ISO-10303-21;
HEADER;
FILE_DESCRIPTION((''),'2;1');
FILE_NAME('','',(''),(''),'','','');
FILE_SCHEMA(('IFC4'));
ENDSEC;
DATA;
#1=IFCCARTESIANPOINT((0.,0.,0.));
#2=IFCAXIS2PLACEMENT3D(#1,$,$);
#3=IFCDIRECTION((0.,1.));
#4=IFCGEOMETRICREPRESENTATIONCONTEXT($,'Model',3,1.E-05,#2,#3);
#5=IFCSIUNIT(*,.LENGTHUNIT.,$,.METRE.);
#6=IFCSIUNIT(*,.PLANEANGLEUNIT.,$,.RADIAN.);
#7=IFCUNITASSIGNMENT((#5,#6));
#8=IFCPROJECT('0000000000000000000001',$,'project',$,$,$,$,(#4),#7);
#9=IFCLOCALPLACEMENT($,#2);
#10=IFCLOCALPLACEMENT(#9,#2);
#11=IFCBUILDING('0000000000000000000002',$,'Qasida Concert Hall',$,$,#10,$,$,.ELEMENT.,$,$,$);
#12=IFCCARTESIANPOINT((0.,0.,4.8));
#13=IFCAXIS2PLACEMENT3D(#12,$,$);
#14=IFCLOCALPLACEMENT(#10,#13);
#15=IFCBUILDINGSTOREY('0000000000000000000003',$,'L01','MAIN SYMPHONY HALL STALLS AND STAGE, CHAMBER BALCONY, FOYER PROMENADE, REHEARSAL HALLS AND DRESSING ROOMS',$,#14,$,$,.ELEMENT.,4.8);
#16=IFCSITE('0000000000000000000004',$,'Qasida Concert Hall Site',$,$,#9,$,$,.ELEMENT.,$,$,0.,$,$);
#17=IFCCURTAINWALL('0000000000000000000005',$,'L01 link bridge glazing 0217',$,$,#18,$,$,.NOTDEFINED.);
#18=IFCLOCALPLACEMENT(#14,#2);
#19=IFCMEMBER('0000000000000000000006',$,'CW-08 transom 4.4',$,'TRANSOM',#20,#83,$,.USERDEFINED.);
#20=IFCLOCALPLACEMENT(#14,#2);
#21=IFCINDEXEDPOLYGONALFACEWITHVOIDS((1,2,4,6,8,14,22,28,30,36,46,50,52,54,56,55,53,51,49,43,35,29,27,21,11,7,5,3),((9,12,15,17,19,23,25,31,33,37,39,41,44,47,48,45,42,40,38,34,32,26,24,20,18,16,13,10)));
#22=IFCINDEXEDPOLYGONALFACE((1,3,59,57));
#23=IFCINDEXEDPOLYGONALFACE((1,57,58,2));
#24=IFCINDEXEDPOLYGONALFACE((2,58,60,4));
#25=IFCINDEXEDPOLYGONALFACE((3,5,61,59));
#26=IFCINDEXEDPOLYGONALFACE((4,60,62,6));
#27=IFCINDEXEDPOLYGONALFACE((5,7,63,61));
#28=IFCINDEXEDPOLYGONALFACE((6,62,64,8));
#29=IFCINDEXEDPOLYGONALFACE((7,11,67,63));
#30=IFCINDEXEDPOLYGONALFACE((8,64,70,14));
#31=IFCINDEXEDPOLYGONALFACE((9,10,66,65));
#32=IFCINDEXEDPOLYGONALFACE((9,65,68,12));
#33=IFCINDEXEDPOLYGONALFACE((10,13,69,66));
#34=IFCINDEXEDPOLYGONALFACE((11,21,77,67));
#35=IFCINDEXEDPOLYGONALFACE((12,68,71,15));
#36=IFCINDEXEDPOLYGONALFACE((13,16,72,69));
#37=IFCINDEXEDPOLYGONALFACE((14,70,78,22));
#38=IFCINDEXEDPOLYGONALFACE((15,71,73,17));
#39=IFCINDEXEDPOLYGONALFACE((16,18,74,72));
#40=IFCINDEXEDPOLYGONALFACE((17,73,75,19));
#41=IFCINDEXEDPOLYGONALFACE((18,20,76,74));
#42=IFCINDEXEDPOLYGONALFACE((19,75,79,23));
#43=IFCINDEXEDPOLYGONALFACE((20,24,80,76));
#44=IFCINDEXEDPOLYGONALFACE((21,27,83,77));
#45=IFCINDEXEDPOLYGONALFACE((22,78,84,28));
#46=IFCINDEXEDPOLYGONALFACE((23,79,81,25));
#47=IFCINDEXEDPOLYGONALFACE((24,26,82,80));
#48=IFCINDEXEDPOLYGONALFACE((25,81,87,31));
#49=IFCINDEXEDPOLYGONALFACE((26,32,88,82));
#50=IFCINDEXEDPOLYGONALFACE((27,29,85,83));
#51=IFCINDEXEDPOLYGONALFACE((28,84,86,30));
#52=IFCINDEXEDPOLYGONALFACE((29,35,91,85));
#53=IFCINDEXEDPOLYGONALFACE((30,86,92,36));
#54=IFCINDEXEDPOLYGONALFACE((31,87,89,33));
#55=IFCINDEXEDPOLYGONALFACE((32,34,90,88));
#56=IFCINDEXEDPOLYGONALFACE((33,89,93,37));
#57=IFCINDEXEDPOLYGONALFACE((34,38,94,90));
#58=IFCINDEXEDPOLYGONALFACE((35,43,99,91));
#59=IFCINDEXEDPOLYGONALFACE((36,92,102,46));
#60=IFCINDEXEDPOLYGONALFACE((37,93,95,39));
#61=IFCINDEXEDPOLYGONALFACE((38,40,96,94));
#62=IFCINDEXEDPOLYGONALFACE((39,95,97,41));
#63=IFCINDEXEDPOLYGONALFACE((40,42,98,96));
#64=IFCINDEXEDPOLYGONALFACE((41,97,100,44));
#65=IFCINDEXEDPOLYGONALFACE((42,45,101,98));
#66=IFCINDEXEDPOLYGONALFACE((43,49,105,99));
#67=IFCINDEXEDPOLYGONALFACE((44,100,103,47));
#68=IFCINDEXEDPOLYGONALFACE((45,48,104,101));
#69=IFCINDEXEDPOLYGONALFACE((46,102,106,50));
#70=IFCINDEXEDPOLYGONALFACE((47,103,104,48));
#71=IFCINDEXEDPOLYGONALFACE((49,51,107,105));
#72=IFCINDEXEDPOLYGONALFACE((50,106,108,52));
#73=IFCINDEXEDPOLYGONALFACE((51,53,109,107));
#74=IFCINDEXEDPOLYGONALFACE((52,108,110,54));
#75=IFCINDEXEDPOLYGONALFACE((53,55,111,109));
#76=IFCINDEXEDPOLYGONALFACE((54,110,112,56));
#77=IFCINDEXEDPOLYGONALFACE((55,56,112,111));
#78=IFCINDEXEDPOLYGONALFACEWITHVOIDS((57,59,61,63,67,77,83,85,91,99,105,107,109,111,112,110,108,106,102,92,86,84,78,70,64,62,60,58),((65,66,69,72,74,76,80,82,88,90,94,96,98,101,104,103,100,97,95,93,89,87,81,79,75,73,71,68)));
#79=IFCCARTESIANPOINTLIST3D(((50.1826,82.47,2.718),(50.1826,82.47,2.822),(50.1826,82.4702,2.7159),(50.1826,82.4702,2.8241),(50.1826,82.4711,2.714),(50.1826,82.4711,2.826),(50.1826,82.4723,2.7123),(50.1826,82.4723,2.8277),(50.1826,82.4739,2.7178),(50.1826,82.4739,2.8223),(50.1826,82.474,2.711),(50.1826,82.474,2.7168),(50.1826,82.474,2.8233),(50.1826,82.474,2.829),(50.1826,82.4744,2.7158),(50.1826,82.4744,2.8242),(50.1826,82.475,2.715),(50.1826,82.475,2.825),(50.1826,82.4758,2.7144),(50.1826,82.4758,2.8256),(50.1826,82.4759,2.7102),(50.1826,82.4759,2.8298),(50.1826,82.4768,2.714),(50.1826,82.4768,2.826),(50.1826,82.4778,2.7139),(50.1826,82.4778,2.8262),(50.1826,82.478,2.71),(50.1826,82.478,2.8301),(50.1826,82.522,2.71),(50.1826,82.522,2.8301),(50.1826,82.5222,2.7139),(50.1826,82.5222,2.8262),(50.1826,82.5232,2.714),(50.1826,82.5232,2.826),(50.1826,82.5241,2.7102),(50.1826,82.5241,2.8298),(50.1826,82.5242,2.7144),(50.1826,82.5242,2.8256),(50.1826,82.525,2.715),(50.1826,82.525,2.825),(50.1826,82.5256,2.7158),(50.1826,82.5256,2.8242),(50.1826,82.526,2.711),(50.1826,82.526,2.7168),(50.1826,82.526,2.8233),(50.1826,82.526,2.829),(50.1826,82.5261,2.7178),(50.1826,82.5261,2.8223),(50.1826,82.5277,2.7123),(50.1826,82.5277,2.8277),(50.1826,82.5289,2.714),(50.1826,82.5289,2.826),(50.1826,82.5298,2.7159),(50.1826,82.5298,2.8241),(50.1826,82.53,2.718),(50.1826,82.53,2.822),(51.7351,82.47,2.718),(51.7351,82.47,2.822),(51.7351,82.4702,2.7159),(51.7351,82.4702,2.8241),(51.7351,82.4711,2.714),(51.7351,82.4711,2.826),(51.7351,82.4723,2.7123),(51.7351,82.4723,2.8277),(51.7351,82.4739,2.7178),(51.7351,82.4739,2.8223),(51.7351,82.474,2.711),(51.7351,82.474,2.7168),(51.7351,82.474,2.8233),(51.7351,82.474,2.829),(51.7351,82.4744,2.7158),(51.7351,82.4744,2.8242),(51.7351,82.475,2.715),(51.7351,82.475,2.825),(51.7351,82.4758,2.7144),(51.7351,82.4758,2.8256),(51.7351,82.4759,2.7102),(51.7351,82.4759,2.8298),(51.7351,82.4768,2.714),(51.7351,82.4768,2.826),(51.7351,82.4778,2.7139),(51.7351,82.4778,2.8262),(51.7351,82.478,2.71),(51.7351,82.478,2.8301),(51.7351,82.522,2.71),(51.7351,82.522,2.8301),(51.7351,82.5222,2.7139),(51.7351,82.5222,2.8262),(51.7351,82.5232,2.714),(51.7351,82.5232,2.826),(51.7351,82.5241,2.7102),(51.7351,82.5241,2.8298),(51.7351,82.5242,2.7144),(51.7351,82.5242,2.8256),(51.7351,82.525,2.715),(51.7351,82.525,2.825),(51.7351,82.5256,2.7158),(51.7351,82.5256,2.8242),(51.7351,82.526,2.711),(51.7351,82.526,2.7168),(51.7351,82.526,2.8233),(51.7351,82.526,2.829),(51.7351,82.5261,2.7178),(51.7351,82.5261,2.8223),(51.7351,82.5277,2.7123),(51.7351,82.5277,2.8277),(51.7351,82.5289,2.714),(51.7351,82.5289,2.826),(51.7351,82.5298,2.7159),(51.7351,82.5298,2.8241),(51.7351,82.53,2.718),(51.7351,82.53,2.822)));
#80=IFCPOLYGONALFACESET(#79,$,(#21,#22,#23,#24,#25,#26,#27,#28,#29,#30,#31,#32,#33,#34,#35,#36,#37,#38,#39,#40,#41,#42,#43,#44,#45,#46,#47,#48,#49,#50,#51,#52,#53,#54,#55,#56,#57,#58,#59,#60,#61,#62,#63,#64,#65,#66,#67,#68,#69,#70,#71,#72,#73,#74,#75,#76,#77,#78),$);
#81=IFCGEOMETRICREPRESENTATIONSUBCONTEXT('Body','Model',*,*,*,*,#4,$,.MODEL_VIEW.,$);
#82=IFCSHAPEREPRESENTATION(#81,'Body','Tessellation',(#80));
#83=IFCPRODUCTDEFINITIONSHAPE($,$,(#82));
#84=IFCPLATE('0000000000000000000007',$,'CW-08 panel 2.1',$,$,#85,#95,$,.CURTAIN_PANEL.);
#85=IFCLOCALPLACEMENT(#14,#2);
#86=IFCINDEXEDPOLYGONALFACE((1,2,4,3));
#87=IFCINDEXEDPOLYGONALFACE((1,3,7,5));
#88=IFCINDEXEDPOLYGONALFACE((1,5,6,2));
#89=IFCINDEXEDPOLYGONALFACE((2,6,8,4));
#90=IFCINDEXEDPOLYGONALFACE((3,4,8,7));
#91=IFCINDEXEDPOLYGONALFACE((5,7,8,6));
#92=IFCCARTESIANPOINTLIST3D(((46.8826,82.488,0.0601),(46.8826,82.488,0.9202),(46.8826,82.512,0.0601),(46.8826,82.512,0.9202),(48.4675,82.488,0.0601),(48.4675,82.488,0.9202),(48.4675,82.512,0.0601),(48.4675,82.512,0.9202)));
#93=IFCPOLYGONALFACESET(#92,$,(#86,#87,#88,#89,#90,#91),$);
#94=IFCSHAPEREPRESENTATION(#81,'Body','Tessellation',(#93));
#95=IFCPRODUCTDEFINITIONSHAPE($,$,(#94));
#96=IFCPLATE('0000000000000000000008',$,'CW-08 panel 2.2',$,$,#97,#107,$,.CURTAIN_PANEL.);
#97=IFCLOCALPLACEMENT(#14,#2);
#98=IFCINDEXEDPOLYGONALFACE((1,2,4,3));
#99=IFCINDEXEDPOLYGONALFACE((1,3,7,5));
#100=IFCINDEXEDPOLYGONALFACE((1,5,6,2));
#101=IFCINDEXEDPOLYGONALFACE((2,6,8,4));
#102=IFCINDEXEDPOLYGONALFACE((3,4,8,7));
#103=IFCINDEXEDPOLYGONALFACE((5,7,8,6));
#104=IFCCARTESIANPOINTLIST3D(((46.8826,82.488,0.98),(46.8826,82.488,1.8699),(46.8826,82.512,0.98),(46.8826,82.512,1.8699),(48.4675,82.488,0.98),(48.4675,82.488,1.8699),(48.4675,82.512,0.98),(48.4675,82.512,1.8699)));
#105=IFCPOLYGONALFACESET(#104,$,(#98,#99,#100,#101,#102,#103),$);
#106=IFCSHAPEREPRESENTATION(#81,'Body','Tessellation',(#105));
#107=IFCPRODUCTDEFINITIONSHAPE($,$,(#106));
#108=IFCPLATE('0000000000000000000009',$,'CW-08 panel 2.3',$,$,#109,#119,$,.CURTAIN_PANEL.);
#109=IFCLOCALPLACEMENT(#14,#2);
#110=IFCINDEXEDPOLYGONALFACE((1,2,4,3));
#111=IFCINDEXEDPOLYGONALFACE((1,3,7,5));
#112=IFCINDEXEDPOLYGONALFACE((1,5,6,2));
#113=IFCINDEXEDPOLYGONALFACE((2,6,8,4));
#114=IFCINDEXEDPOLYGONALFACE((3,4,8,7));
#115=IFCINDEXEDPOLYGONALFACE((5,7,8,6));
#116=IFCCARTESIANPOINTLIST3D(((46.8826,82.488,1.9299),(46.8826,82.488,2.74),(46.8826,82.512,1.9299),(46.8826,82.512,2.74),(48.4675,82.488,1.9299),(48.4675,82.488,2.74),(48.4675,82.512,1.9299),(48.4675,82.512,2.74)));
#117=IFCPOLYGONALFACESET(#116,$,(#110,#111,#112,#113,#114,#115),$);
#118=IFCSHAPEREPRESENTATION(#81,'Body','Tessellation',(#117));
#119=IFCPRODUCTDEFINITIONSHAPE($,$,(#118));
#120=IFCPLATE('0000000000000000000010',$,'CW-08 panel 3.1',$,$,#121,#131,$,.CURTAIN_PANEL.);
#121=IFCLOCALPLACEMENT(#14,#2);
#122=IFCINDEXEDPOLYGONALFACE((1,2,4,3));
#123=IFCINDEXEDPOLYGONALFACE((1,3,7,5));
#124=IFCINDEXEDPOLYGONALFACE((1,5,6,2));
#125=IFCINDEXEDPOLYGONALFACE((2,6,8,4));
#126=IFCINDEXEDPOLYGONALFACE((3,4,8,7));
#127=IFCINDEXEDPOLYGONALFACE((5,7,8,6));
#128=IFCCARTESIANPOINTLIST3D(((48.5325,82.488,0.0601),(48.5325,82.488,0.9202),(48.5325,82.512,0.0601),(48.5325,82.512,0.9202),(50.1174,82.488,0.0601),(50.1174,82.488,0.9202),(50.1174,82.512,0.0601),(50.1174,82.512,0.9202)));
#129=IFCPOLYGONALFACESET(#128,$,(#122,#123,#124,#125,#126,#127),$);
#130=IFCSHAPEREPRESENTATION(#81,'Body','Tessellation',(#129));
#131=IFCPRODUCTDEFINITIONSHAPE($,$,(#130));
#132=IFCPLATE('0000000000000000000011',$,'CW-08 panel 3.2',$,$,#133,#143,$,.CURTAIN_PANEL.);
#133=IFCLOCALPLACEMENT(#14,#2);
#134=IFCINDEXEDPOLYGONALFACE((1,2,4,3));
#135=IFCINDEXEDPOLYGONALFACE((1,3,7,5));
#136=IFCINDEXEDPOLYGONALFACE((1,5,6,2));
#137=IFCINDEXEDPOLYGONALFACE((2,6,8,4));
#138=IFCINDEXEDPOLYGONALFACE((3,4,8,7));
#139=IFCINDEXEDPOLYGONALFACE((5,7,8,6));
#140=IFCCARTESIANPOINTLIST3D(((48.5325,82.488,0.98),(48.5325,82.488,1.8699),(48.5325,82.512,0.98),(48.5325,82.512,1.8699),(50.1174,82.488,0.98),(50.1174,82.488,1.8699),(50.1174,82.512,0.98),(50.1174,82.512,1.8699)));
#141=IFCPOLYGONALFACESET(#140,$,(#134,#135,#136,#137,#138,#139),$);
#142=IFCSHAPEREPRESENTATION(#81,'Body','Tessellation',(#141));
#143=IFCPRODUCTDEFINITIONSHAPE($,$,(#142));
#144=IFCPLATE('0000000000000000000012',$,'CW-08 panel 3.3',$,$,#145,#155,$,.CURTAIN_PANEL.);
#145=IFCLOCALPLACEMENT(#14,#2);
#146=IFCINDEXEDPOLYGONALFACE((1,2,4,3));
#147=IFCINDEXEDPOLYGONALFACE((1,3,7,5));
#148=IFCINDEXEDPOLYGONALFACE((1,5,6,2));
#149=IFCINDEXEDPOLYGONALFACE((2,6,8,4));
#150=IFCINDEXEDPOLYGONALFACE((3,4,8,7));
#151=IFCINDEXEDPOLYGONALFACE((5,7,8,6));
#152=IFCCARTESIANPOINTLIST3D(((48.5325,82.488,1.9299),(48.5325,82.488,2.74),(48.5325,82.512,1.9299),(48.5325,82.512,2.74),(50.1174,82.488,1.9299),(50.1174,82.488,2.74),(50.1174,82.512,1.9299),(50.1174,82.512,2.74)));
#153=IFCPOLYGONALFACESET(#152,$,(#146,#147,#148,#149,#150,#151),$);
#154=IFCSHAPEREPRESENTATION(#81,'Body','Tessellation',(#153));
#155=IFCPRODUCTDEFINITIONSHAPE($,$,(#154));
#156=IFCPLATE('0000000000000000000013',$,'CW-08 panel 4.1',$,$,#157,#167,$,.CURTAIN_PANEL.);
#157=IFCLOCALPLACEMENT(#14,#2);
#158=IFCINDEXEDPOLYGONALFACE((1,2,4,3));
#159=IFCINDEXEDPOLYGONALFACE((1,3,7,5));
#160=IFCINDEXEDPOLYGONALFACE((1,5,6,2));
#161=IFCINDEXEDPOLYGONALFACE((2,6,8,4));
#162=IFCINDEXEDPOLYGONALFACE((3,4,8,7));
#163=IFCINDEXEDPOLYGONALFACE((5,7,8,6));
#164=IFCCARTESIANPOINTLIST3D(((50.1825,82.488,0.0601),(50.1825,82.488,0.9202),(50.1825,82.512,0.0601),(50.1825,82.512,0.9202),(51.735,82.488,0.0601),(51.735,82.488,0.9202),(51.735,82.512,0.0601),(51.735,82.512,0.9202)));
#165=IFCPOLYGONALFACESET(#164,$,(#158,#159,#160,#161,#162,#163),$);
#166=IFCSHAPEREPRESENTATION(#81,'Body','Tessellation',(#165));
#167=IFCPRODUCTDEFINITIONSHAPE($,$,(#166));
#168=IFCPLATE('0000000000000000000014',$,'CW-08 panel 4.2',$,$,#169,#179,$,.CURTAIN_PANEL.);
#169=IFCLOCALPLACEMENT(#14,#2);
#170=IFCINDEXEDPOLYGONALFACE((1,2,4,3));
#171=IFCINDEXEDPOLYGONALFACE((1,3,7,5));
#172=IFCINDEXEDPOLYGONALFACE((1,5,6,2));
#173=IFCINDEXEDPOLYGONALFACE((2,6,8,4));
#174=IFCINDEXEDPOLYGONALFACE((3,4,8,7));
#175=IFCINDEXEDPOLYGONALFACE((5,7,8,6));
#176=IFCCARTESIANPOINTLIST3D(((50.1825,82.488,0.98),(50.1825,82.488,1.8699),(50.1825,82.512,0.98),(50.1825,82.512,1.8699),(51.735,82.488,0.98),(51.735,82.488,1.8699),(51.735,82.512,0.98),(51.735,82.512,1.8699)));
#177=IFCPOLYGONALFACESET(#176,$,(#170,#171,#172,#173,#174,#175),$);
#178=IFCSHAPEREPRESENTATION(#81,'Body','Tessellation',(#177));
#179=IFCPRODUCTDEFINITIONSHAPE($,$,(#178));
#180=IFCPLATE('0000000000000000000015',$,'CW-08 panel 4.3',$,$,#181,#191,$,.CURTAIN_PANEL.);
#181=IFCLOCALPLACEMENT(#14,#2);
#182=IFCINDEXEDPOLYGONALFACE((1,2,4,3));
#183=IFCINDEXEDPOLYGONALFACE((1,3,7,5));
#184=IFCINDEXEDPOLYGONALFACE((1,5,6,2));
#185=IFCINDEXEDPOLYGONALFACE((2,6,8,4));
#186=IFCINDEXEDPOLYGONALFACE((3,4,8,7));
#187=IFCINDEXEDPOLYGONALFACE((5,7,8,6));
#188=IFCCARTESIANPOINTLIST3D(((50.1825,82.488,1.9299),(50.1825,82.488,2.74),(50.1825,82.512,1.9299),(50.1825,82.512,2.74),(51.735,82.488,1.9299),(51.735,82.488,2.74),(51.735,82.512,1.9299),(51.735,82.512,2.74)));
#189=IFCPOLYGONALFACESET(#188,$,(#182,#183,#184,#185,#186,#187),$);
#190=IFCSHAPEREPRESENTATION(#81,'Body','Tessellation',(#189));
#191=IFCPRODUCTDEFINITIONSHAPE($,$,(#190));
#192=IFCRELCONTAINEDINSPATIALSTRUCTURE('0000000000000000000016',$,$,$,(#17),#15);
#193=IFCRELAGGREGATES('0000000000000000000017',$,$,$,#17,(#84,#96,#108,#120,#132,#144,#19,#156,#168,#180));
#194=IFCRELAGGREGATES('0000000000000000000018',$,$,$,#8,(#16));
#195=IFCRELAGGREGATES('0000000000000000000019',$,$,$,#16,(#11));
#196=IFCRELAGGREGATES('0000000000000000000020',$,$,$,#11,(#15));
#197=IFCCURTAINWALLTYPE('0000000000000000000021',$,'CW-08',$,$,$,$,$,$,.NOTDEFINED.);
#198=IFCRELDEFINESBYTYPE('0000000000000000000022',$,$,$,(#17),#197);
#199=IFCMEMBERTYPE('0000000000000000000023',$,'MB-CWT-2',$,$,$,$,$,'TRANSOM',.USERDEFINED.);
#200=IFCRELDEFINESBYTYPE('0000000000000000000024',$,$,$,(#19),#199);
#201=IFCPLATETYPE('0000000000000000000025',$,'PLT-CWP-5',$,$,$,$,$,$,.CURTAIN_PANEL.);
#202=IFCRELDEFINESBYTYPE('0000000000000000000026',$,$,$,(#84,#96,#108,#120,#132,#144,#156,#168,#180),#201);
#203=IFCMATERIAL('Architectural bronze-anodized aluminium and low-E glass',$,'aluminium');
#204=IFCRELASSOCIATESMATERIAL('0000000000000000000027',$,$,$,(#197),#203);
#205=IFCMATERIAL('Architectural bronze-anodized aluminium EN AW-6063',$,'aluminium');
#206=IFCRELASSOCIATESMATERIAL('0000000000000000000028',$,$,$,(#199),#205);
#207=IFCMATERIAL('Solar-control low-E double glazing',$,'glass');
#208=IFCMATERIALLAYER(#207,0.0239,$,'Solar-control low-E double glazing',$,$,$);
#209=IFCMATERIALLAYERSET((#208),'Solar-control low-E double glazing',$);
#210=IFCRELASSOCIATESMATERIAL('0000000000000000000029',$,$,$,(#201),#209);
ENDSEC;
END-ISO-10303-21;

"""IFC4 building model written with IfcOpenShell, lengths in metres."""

from ifc_helpers import new_model, si_unit, direction, frame, origin, origin_2d, place, context, subcontext, project, spatial, rectangle, hollow_rectangle, extrude, material, layer, layer_set, material_profile, profile_set, type_object, element, aggregate, save


model = new_model("IFC4")

# Units and contexts
model_context = context("Model", 3, precision=1e-05, world=origin(), true_north=direction((0.0, 1.0)))
body_context = subcontext(model_context, "Body", "Model", "MODEL_VIEW")
ifc_project = project(units=[si_unit("LENGTHUNIT", "METRE"), si_unit("PLANEANGLEUNIT", "RADIAN")], contexts=[model_context])

# Site, building, storey
site_placement = place(None, origin())
site = spatial("IfcSite", under=ifc_project, at=site_placement, Name="Qasida Concert Hall Site", CompositionType="ELEMENT", RefElevation=0.0)
building_placement = place(site_placement, origin())
building = spatial("IfcBuilding", under=site, at=building_placement, Name="Qasida Concert Hall", CompositionType="ELEMENT")
storey_placement = place(building_placement, frame((0.0, 0.0, 4.8)))
storey = spatial("IfcBuildingStorey", under=building, at=storey_placement, Name="L01", Description="MAIN SYMPHONY HALL STALLS AND STAGE, CHAMBER BALCONY, FOYER PROMENADE, REHEARSAL HALLS AND DRESSING ROOMS", CompositionType="ELEMENT", Elevation=4.8)

# Curtain wall, member, plates
ifc_material_1 = material(Name="Architectural bronze-anodized aluminium and low-E glass", Category="aluminium")
curtain_wall_type = type_object("IfcCurtainWallType", Name="CW-08", PredefinedType="NOTDEFINED", material=ifc_material_1)
curtain_wall_placement = place(storey_placement, origin())
curtain_wall = element("IfcCurtainWall", 1, at=curtain_wall_placement, inside=storey, type_object=curtain_wall_type, Name="L01 link bridge glazing 0217", PredefinedType="NOTDEFINED")
ifc_material_2 = material(Name="Architectural bronze-anodized aluminium EN AW-6063", Category="aluminium")
ifc_material_profile_1 = material_profile(ifc_material_2, hollow_rectangle(XDim=0.0601, YDim=0.1201, WallThickness=0.0039, InnerFilletRadius=0.0039, OuterFilletRadius=0.0081, at=origin_2d()), Name="CWT 120x60x4")
ifc_profile_set_1 = profile_set([ifc_material_profile_1], Name="Architectural bronze-anodized aluminium EN AW-6063")
member_type_1 = type_object("IfcMemberType", Name="MB-CWT-2", ElementType="TRANSOM", PredefinedType="USERDEFINED", material=ifc_profile_set_1)
member_1_placement = place(storey_placement, frame((50.1826, 82.5, 2.77), z_axis=(1.0, 0.0, 0.0), x_axis=(0.0, 1.0, 0.0)))
member_1 = element("IfcMember", 2, at=member_1_placement, type_object=member_type_1, Name="CW-08 transom 4.4", ObjectType="TRANSOM", PredefinedType="USERDEFINED", context=body_context, shape_type="SweptSolid", body=[
    extrude(hollow_rectangle(XDim=0.0601, YDim=0.1201, WallThickness=0.0039, InnerFilletRadius=0.0039, OuterFilletRadius=0.0081, at=origin_2d()), origin(), (0.0, 0.0, 1.0), 1.5525),
])
ifc_material_3 = material(Name="Solar-control low-E double glazing", Category="glass")
ifc_layer_1 = layer(ifc_material_3, 0.0239, Name="Solar-control low-E double glazing")
ifc_layer_set_1 = layer_set([ifc_layer_1], Name="Solar-control low-E double glazing")
plate_type = type_object("IfcPlateType", Name="PLT-CWP-5", PredefinedType="CURTAIN_PANEL", material=ifc_layer_set_1)
plate_1_placement = place(storey_placement, frame((47.675, 82.5, 0.0601), z_axis=(0.0, 0.0, 1.0), x_axis=(1.0, 0.0, 0.0)))
plate_1 = element("IfcPlate", 3, at=plate_1_placement, type_object=plate_type, Name="CW-08 panel 2.1", PredefinedType="CURTAIN_PANEL", context=body_context, shape_type="SweptSolid", body=[
    extrude(rectangle(XDim=1.585, YDim=0.0239, at=origin_2d()), origin(), (0.0, 0.0, 1.0), 0.8601),
])
plate_2_placement = place(storey_placement, frame((47.675, 82.5, 0.98), z_axis=(0.0, 0.0, 1.0), x_axis=(1.0, 0.0, 0.0)))
plate_2 = element("IfcPlate", 4, at=plate_2_placement, type_object=plate_type, Name="CW-08 panel 2.2", PredefinedType="CURTAIN_PANEL", context=body_context, shape_type="SweptSolid", body=[
    extrude(rectangle(XDim=1.585, YDim=0.0239, at=origin_2d()), origin(), (0.0, 0.0, 1.0), 0.8899),
])
plate_3_placement = place(storey_placement, frame((47.675, 82.5, 1.9299), z_axis=(0.0, 0.0, 1.0), x_axis=(1.0, 0.0, 0.0)))
plate_3 = element("IfcPlate", 5, at=plate_3_placement, type_object=plate_type, Name="CW-08 panel 2.3", PredefinedType="CURTAIN_PANEL", context=body_context, shape_type="SweptSolid", body=[
    extrude(rectangle(XDim=1.585, YDim=0.0239, at=origin_2d()), origin(), (0.0, 0.0, 1.0), 0.8101),
])
plate_4_placement = place(storey_placement, frame((49.325, 82.5, 0.0601), z_axis=(0.0, 0.0, 1.0), x_axis=(1.0, 0.0, 0.0)))
plate_4 = element("IfcPlate", 6, at=plate_4_placement, type_object=plate_type, Name="CW-08 panel 3.1", PredefinedType="CURTAIN_PANEL", context=body_context, shape_type="SweptSolid", body=[
    extrude(rectangle(XDim=1.585, YDim=0.0239, at=origin_2d()), origin(), (0.0, 0.0, 1.0), 0.8601),
])
plate_5_placement = place(storey_placement, frame((49.325, 82.5, 0.98), z_axis=(0.0, 0.0, 1.0), x_axis=(1.0, 0.0, 0.0)))
plate_5 = element("IfcPlate", 7, at=plate_5_placement, type_object=plate_type, Name="CW-08 panel 3.2", PredefinedType="CURTAIN_PANEL", context=body_context, shape_type="SweptSolid", body=[
    extrude(rectangle(XDim=1.585, YDim=0.0239, at=origin_2d()), origin(), (0.0, 0.0, 1.0), 0.8899),
])
plate_6_placement = place(storey_placement, frame((49.325, 82.5, 1.9299), z_axis=(0.0, 0.0, 1.0), x_axis=(1.0, 0.0, 0.0)))
plate_6 = element("IfcPlate", 8, at=plate_6_placement, type_object=plate_type, Name="CW-08 panel 3.3", PredefinedType="CURTAIN_PANEL", context=body_context, shape_type="SweptSolid", body=[
    extrude(rectangle(XDim=1.585, YDim=0.0239, at=origin_2d()), origin(), (0.0, 0.0, 1.0), 0.8101),
])
plate_7_placement = place(storey_placement, frame((50.9587, 82.5, 0.0601), z_axis=(0.0, 0.0, 1.0), x_axis=(1.0, 0.0, 0.0)))
plate_7 = element("IfcPlate", 9, at=plate_7_placement, type_object=plate_type, Name="CW-08 panel 4.1", PredefinedType="CURTAIN_PANEL", context=body_context, shape_type="SweptSolid", body=[
    extrude(rectangle(XDim=1.5525, YDim=0.0239, at=origin_2d()), origin(), (0.0, 0.0, 1.0), 0.8601),
])
plate_8_placement = place(storey_placement, frame((50.9587, 82.5, 0.98), z_axis=(0.0, 0.0, 1.0), x_axis=(1.0, 0.0, 0.0)))
plate_8 = element("IfcPlate", 10, at=plate_8_placement, type_object=plate_type, Name="CW-08 panel 4.2", PredefinedType="CURTAIN_PANEL", context=body_context, shape_type="SweptSolid", body=[
    extrude(rectangle(XDim=1.5525, YDim=0.0239, at=origin_2d()), origin(), (0.0, 0.0, 1.0), 0.8899),
])
plate_9_placement = place(storey_placement, frame((50.9587, 82.5, 1.9299), z_axis=(0.0, 0.0, 1.0), x_axis=(1.0, 0.0, 0.0)))
plate_9 = element("IfcPlate", 11, at=plate_9_placement, type_object=plate_type, Name="CW-08 panel 4.3", PredefinedType="CURTAIN_PANEL", context=body_context, shape_type="SweptSolid", body=[
    extrude(rectangle(XDim=1.5525, YDim=0.0239, at=origin_2d()), origin(), (0.0, 0.0, 1.0), 0.8101),
])
aggregate(curtain_wall, [plate_1, plate_2, plate_3, plate_4, plate_5, plate_6, member_1, plate_7, plate_8, plate_9])

save(model, "model.ifc")
